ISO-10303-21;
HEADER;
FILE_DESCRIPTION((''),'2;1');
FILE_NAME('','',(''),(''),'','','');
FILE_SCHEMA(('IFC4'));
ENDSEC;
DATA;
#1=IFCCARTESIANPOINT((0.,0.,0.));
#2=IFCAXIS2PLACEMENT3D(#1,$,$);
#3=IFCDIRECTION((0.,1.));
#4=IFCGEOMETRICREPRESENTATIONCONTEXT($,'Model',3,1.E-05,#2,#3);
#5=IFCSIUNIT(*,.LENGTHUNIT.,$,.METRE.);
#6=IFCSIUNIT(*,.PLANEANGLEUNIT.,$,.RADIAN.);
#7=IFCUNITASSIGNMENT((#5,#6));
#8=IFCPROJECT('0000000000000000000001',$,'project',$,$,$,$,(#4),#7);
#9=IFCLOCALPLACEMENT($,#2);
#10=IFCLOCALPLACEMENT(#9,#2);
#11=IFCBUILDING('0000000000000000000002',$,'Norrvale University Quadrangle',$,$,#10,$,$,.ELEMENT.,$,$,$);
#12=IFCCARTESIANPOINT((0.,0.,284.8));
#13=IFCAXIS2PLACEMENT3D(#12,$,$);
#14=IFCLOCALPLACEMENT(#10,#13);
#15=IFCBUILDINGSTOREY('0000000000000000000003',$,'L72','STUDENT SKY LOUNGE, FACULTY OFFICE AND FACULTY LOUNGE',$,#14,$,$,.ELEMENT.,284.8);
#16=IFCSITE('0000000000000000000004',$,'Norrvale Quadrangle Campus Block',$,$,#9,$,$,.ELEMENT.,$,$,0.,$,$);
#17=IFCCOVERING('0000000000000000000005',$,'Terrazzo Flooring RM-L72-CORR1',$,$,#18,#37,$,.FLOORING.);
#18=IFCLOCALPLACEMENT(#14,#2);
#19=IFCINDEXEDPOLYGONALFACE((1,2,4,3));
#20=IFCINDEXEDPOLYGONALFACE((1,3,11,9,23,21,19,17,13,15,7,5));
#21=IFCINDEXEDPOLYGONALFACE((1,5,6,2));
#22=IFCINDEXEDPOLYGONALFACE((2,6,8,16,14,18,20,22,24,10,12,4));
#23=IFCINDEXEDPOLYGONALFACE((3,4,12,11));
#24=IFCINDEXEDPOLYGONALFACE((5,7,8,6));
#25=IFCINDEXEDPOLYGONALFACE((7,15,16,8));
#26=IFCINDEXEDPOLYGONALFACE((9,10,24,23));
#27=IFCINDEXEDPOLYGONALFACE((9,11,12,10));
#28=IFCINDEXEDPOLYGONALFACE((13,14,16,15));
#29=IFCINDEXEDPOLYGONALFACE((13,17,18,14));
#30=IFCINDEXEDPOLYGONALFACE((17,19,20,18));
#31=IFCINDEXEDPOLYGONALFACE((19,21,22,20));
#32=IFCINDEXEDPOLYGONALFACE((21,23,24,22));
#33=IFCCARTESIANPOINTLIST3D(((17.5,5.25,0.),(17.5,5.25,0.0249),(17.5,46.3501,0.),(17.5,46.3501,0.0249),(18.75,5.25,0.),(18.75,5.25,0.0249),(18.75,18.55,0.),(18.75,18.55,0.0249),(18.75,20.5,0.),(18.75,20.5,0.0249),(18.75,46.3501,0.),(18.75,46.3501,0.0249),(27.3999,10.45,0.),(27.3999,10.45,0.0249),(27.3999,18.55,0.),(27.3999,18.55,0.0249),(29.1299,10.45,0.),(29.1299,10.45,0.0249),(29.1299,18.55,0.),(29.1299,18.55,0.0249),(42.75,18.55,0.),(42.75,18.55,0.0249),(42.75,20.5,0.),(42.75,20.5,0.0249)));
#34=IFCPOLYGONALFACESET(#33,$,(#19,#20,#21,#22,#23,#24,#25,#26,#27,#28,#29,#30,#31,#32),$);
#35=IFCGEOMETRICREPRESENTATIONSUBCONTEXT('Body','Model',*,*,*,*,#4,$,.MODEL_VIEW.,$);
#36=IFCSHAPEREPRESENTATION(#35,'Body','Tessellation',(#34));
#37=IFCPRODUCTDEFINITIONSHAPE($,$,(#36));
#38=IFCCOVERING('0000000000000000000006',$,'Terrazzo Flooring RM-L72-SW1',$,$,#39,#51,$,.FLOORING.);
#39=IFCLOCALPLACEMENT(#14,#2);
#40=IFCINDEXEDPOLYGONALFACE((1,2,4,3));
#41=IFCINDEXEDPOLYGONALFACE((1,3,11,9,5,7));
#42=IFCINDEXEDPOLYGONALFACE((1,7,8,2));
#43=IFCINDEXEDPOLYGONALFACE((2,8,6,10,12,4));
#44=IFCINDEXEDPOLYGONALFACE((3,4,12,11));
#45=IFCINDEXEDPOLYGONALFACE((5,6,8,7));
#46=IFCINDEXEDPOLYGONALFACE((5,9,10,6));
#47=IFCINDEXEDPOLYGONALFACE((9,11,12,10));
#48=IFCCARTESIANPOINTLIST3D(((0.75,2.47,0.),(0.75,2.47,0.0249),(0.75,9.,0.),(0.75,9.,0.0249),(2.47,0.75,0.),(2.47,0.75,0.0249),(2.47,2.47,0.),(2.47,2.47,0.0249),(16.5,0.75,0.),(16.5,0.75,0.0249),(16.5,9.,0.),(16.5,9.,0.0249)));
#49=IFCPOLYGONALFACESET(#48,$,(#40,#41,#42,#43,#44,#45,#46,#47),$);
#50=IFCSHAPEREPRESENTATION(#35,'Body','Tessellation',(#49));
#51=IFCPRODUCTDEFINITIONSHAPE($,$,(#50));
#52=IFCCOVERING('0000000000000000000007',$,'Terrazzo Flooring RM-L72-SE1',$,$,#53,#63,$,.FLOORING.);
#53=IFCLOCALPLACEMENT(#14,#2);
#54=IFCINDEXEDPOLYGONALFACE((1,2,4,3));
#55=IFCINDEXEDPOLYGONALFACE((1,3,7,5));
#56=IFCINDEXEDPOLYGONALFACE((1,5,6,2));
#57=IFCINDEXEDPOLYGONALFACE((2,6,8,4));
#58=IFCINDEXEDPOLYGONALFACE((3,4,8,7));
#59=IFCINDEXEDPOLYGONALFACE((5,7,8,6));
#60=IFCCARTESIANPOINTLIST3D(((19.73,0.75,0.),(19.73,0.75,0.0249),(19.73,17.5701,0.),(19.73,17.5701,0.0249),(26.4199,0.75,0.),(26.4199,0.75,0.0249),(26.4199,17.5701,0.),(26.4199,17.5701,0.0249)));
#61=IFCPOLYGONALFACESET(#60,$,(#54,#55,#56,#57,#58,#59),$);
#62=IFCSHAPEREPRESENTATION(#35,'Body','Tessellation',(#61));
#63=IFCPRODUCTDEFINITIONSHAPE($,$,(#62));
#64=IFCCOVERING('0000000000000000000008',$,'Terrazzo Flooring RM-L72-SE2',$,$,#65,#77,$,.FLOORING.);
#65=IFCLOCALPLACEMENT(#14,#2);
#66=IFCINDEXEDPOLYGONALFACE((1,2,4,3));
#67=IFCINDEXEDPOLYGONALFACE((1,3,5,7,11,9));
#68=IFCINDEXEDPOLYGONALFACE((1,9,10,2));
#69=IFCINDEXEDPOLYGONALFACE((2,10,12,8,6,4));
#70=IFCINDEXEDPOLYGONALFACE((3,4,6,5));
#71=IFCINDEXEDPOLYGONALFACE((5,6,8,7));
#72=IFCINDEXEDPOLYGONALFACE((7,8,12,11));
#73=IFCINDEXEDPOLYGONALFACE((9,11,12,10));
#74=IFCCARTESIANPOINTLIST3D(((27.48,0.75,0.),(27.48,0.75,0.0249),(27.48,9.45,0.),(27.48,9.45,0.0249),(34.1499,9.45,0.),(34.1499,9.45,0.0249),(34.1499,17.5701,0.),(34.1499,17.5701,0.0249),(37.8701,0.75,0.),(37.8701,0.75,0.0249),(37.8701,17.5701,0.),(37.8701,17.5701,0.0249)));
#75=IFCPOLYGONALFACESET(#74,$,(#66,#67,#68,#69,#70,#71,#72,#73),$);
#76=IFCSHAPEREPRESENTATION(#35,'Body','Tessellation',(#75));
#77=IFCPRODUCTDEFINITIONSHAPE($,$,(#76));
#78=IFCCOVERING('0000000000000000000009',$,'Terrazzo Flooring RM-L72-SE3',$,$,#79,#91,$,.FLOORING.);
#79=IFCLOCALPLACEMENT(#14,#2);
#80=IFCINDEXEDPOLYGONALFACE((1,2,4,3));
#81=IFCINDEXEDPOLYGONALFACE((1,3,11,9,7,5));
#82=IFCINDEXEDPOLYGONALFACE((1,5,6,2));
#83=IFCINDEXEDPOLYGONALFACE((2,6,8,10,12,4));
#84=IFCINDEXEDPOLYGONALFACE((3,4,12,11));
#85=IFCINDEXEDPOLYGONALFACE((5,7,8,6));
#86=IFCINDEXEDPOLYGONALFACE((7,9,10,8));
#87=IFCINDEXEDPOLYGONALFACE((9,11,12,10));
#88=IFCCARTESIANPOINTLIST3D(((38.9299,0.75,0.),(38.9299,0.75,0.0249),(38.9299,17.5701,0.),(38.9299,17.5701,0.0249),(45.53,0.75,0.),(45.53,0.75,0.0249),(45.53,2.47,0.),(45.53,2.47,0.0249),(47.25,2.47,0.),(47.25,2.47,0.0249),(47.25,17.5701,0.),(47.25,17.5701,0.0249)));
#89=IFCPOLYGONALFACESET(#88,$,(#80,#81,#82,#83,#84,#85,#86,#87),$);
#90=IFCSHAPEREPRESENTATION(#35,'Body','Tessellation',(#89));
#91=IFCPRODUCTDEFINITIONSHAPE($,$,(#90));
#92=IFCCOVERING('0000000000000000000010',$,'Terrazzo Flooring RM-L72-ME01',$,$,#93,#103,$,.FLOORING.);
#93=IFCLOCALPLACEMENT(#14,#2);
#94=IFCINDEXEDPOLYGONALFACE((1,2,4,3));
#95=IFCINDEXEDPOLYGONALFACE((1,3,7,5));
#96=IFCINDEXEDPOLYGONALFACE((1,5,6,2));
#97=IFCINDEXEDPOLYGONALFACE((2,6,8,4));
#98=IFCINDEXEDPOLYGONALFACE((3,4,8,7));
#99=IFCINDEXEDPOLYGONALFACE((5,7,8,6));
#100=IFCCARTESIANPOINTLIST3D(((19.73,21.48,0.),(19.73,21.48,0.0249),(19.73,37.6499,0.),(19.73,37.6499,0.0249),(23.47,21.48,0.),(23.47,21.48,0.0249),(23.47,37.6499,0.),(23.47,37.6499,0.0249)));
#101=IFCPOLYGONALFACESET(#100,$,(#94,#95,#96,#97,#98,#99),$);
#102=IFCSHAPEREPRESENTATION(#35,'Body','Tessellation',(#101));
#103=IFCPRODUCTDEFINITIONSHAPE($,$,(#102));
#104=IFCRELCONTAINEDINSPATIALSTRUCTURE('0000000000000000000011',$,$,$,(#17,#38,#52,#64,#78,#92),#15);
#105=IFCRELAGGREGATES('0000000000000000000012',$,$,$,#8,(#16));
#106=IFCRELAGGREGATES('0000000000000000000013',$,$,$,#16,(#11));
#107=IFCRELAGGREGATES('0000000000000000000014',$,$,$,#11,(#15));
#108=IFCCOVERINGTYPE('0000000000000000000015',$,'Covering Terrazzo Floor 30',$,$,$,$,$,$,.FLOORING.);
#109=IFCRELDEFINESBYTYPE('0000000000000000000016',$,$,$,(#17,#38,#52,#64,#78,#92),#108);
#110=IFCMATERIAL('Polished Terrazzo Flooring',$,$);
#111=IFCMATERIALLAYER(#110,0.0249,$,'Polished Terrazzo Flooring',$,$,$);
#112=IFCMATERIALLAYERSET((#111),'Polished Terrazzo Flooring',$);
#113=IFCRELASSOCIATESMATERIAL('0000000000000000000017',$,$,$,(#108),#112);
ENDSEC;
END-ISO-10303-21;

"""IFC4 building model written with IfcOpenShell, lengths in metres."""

from ifc_helpers import new_model, si_unit, direction, frame, origin, place, context, subcontext, project, spatial, polyline, outline, extrude, material, layer, layer_set, type_object, element, save


model = new_model("IFC4")

# Units and contexts
model_context = context("Model", 3, precision=1e-05, world=origin(), true_north=direction((0.0, 1.0)))
body_context = subcontext(model_context, "Body", "Model", "MODEL_VIEW")
ifc_project = project(units=[si_unit("LENGTHUNIT", "METRE"), si_unit("PLANEANGLEUNIT", "RADIAN")], contexts=[model_context])

# Site, building, storey
site_placement = place(None, origin())
site = spatial("IfcSite", under=ifc_project, at=site_placement, Name="Norrvale Quadrangle Campus Block", CompositionType="ELEMENT", RefElevation=0.0)
building_placement = place(site_placement, origin())
building = spatial("IfcBuilding", under=site, at=building_placement, Name="Norrvale University Quadrangle", CompositionType="ELEMENT")
storey_placement = place(building_placement, frame((0.0, 0.0, 284.8)))
storey = spatial("IfcBuildingStorey", under=building, at=storey_placement, Name="L72", Description="STUDENT SKY LOUNGE, FACULTY OFFICE AND FACULTY LOUNGE", CompositionType="ELEMENT", Elevation=284.8)

# Coverings
ifc_material_1 = material(Name="Polished Terrazzo Flooring")
ifc_layer_1 = layer(ifc_material_1, 0.0249, Name="Polished Terrazzo Flooring")
ifc_layer_set_1 = layer_set([ifc_layer_1], Name="Polished Terrazzo Flooring")
covering_type_1 = type_object("IfcCoveringType", Name="Covering Terrazzo Floor 30", PredefinedType="FLOORING", material=ifc_layer_set_1)
covering_1_placement = place(storey_placement, origin())
element("IfcCovering", 1, at=covering_1_placement, inside=storey, type_object=covering_type_1, Name="Terrazzo Flooring RM-L72-CORR1", PredefinedType="FLOORING", context=body_context, shape_type="SweptSolid", body=[
    extrude(outline(polyline([(17.5, 5.25), (17.5, 46.3501), (18.75, 46.3501), (18.75, 20.5), (42.75, 20.5), (42.75, 18.55), (29.1299, 18.55), (29.1299, 10.45), (27.3999, 10.45), (27.3999, 18.55), (18.75, 18.55), (18.75, 5.25), (17.5, 5.25)])), origin(), (0.0, 0.0, 1.0), 0.0249),
])
covering_2_placement = place(storey_placement, origin())
element("IfcCovering", 2, at=covering_2_placement, inside=storey, type_object=covering_type_1, Name="Terrazzo Flooring RM-L72-SW1", PredefinedType="FLOORING", context=body_context, shape_type="SweptSolid", body=[
    extrude(outline(polyline([(0.75, 9.0), (16.5, 9.0), (16.5, 0.75), (2.47, 0.75), (2.47, 2.47), (0.75, 2.47), (0.75, 9.0)])), origin(), (0.0, 0.0, 1.0), 0.0249),
])
covering_3_placement = place(storey_placement, origin())
element("IfcCovering", 3, at=covering_3_placement, inside=storey, type_object=covering_type_1, Name="Terrazzo Flooring RM-L72-SE1", PredefinedType="FLOORING", context=body_context, shape_type="SweptSolid", body=[
    extrude(outline(polyline([(19.73, 17.5701), (26.4199, 17.5701), (26.4199, 0.75), (19.73, 0.75), (19.73, 17.5701)])), origin(), (0.0, 0.0, 1.0), 0.0249),
])
covering_4_placement = place(storey_placement, origin())
element("IfcCovering", 4, at=covering_4_placement, inside=storey, type_object=covering_type_1, Name="Terrazzo Flooring RM-L72-SE2", PredefinedType="FLOORING", context=body_context, shape_type="SweptSolid", body=[
    extrude(outline(polyline([(27.48, 9.45), (34.1499, 9.45), (34.1499, 17.5701), (37.8701, 17.5701), (37.8701, 0.75), (27.48, 0.75), (27.48, 9.45)])), origin(), (0.0, 0.0, 1.0), 0.0249),
])
covering_5_placement = place(storey_placement, origin())
element("IfcCovering", 5, at=covering_5_placement, inside=storey, type_object=covering_type_1, Name="Terrazzo Flooring RM-L72-SE3", PredefinedType="FLOORING", context=body_context, shape_type="SweptSolid", body=[
    extrude(outline(polyline([(38.9299, 0.75), (38.9299, 17.5701), (47.25, 17.5701), (47.25, 2.47), (45.53, 2.47), (45.53, 0.75), (38.9299, 0.75)])), origin(), (0.0, 0.0, 1.0), 0.0249),
])
covering_6_placement = place(storey_placement, origin())
element("IfcCovering", 6, at=covering_6_placement, inside=storey, type_object=covering_type_1, Name="Terrazzo Flooring RM-L72-ME01", PredefinedType="FLOORING", context=body_context, shape_type="SweptSolid", body=[
    extrude(outline(polyline([(19.73, 37.6499), (23.47, 37.6499), (23.47, 21.48), (19.73, 21.48), (19.73, 37.6499)])), origin(), (0.0, 0.0, 1.0), 0.0249),
])

save(model, "model.ifc")
